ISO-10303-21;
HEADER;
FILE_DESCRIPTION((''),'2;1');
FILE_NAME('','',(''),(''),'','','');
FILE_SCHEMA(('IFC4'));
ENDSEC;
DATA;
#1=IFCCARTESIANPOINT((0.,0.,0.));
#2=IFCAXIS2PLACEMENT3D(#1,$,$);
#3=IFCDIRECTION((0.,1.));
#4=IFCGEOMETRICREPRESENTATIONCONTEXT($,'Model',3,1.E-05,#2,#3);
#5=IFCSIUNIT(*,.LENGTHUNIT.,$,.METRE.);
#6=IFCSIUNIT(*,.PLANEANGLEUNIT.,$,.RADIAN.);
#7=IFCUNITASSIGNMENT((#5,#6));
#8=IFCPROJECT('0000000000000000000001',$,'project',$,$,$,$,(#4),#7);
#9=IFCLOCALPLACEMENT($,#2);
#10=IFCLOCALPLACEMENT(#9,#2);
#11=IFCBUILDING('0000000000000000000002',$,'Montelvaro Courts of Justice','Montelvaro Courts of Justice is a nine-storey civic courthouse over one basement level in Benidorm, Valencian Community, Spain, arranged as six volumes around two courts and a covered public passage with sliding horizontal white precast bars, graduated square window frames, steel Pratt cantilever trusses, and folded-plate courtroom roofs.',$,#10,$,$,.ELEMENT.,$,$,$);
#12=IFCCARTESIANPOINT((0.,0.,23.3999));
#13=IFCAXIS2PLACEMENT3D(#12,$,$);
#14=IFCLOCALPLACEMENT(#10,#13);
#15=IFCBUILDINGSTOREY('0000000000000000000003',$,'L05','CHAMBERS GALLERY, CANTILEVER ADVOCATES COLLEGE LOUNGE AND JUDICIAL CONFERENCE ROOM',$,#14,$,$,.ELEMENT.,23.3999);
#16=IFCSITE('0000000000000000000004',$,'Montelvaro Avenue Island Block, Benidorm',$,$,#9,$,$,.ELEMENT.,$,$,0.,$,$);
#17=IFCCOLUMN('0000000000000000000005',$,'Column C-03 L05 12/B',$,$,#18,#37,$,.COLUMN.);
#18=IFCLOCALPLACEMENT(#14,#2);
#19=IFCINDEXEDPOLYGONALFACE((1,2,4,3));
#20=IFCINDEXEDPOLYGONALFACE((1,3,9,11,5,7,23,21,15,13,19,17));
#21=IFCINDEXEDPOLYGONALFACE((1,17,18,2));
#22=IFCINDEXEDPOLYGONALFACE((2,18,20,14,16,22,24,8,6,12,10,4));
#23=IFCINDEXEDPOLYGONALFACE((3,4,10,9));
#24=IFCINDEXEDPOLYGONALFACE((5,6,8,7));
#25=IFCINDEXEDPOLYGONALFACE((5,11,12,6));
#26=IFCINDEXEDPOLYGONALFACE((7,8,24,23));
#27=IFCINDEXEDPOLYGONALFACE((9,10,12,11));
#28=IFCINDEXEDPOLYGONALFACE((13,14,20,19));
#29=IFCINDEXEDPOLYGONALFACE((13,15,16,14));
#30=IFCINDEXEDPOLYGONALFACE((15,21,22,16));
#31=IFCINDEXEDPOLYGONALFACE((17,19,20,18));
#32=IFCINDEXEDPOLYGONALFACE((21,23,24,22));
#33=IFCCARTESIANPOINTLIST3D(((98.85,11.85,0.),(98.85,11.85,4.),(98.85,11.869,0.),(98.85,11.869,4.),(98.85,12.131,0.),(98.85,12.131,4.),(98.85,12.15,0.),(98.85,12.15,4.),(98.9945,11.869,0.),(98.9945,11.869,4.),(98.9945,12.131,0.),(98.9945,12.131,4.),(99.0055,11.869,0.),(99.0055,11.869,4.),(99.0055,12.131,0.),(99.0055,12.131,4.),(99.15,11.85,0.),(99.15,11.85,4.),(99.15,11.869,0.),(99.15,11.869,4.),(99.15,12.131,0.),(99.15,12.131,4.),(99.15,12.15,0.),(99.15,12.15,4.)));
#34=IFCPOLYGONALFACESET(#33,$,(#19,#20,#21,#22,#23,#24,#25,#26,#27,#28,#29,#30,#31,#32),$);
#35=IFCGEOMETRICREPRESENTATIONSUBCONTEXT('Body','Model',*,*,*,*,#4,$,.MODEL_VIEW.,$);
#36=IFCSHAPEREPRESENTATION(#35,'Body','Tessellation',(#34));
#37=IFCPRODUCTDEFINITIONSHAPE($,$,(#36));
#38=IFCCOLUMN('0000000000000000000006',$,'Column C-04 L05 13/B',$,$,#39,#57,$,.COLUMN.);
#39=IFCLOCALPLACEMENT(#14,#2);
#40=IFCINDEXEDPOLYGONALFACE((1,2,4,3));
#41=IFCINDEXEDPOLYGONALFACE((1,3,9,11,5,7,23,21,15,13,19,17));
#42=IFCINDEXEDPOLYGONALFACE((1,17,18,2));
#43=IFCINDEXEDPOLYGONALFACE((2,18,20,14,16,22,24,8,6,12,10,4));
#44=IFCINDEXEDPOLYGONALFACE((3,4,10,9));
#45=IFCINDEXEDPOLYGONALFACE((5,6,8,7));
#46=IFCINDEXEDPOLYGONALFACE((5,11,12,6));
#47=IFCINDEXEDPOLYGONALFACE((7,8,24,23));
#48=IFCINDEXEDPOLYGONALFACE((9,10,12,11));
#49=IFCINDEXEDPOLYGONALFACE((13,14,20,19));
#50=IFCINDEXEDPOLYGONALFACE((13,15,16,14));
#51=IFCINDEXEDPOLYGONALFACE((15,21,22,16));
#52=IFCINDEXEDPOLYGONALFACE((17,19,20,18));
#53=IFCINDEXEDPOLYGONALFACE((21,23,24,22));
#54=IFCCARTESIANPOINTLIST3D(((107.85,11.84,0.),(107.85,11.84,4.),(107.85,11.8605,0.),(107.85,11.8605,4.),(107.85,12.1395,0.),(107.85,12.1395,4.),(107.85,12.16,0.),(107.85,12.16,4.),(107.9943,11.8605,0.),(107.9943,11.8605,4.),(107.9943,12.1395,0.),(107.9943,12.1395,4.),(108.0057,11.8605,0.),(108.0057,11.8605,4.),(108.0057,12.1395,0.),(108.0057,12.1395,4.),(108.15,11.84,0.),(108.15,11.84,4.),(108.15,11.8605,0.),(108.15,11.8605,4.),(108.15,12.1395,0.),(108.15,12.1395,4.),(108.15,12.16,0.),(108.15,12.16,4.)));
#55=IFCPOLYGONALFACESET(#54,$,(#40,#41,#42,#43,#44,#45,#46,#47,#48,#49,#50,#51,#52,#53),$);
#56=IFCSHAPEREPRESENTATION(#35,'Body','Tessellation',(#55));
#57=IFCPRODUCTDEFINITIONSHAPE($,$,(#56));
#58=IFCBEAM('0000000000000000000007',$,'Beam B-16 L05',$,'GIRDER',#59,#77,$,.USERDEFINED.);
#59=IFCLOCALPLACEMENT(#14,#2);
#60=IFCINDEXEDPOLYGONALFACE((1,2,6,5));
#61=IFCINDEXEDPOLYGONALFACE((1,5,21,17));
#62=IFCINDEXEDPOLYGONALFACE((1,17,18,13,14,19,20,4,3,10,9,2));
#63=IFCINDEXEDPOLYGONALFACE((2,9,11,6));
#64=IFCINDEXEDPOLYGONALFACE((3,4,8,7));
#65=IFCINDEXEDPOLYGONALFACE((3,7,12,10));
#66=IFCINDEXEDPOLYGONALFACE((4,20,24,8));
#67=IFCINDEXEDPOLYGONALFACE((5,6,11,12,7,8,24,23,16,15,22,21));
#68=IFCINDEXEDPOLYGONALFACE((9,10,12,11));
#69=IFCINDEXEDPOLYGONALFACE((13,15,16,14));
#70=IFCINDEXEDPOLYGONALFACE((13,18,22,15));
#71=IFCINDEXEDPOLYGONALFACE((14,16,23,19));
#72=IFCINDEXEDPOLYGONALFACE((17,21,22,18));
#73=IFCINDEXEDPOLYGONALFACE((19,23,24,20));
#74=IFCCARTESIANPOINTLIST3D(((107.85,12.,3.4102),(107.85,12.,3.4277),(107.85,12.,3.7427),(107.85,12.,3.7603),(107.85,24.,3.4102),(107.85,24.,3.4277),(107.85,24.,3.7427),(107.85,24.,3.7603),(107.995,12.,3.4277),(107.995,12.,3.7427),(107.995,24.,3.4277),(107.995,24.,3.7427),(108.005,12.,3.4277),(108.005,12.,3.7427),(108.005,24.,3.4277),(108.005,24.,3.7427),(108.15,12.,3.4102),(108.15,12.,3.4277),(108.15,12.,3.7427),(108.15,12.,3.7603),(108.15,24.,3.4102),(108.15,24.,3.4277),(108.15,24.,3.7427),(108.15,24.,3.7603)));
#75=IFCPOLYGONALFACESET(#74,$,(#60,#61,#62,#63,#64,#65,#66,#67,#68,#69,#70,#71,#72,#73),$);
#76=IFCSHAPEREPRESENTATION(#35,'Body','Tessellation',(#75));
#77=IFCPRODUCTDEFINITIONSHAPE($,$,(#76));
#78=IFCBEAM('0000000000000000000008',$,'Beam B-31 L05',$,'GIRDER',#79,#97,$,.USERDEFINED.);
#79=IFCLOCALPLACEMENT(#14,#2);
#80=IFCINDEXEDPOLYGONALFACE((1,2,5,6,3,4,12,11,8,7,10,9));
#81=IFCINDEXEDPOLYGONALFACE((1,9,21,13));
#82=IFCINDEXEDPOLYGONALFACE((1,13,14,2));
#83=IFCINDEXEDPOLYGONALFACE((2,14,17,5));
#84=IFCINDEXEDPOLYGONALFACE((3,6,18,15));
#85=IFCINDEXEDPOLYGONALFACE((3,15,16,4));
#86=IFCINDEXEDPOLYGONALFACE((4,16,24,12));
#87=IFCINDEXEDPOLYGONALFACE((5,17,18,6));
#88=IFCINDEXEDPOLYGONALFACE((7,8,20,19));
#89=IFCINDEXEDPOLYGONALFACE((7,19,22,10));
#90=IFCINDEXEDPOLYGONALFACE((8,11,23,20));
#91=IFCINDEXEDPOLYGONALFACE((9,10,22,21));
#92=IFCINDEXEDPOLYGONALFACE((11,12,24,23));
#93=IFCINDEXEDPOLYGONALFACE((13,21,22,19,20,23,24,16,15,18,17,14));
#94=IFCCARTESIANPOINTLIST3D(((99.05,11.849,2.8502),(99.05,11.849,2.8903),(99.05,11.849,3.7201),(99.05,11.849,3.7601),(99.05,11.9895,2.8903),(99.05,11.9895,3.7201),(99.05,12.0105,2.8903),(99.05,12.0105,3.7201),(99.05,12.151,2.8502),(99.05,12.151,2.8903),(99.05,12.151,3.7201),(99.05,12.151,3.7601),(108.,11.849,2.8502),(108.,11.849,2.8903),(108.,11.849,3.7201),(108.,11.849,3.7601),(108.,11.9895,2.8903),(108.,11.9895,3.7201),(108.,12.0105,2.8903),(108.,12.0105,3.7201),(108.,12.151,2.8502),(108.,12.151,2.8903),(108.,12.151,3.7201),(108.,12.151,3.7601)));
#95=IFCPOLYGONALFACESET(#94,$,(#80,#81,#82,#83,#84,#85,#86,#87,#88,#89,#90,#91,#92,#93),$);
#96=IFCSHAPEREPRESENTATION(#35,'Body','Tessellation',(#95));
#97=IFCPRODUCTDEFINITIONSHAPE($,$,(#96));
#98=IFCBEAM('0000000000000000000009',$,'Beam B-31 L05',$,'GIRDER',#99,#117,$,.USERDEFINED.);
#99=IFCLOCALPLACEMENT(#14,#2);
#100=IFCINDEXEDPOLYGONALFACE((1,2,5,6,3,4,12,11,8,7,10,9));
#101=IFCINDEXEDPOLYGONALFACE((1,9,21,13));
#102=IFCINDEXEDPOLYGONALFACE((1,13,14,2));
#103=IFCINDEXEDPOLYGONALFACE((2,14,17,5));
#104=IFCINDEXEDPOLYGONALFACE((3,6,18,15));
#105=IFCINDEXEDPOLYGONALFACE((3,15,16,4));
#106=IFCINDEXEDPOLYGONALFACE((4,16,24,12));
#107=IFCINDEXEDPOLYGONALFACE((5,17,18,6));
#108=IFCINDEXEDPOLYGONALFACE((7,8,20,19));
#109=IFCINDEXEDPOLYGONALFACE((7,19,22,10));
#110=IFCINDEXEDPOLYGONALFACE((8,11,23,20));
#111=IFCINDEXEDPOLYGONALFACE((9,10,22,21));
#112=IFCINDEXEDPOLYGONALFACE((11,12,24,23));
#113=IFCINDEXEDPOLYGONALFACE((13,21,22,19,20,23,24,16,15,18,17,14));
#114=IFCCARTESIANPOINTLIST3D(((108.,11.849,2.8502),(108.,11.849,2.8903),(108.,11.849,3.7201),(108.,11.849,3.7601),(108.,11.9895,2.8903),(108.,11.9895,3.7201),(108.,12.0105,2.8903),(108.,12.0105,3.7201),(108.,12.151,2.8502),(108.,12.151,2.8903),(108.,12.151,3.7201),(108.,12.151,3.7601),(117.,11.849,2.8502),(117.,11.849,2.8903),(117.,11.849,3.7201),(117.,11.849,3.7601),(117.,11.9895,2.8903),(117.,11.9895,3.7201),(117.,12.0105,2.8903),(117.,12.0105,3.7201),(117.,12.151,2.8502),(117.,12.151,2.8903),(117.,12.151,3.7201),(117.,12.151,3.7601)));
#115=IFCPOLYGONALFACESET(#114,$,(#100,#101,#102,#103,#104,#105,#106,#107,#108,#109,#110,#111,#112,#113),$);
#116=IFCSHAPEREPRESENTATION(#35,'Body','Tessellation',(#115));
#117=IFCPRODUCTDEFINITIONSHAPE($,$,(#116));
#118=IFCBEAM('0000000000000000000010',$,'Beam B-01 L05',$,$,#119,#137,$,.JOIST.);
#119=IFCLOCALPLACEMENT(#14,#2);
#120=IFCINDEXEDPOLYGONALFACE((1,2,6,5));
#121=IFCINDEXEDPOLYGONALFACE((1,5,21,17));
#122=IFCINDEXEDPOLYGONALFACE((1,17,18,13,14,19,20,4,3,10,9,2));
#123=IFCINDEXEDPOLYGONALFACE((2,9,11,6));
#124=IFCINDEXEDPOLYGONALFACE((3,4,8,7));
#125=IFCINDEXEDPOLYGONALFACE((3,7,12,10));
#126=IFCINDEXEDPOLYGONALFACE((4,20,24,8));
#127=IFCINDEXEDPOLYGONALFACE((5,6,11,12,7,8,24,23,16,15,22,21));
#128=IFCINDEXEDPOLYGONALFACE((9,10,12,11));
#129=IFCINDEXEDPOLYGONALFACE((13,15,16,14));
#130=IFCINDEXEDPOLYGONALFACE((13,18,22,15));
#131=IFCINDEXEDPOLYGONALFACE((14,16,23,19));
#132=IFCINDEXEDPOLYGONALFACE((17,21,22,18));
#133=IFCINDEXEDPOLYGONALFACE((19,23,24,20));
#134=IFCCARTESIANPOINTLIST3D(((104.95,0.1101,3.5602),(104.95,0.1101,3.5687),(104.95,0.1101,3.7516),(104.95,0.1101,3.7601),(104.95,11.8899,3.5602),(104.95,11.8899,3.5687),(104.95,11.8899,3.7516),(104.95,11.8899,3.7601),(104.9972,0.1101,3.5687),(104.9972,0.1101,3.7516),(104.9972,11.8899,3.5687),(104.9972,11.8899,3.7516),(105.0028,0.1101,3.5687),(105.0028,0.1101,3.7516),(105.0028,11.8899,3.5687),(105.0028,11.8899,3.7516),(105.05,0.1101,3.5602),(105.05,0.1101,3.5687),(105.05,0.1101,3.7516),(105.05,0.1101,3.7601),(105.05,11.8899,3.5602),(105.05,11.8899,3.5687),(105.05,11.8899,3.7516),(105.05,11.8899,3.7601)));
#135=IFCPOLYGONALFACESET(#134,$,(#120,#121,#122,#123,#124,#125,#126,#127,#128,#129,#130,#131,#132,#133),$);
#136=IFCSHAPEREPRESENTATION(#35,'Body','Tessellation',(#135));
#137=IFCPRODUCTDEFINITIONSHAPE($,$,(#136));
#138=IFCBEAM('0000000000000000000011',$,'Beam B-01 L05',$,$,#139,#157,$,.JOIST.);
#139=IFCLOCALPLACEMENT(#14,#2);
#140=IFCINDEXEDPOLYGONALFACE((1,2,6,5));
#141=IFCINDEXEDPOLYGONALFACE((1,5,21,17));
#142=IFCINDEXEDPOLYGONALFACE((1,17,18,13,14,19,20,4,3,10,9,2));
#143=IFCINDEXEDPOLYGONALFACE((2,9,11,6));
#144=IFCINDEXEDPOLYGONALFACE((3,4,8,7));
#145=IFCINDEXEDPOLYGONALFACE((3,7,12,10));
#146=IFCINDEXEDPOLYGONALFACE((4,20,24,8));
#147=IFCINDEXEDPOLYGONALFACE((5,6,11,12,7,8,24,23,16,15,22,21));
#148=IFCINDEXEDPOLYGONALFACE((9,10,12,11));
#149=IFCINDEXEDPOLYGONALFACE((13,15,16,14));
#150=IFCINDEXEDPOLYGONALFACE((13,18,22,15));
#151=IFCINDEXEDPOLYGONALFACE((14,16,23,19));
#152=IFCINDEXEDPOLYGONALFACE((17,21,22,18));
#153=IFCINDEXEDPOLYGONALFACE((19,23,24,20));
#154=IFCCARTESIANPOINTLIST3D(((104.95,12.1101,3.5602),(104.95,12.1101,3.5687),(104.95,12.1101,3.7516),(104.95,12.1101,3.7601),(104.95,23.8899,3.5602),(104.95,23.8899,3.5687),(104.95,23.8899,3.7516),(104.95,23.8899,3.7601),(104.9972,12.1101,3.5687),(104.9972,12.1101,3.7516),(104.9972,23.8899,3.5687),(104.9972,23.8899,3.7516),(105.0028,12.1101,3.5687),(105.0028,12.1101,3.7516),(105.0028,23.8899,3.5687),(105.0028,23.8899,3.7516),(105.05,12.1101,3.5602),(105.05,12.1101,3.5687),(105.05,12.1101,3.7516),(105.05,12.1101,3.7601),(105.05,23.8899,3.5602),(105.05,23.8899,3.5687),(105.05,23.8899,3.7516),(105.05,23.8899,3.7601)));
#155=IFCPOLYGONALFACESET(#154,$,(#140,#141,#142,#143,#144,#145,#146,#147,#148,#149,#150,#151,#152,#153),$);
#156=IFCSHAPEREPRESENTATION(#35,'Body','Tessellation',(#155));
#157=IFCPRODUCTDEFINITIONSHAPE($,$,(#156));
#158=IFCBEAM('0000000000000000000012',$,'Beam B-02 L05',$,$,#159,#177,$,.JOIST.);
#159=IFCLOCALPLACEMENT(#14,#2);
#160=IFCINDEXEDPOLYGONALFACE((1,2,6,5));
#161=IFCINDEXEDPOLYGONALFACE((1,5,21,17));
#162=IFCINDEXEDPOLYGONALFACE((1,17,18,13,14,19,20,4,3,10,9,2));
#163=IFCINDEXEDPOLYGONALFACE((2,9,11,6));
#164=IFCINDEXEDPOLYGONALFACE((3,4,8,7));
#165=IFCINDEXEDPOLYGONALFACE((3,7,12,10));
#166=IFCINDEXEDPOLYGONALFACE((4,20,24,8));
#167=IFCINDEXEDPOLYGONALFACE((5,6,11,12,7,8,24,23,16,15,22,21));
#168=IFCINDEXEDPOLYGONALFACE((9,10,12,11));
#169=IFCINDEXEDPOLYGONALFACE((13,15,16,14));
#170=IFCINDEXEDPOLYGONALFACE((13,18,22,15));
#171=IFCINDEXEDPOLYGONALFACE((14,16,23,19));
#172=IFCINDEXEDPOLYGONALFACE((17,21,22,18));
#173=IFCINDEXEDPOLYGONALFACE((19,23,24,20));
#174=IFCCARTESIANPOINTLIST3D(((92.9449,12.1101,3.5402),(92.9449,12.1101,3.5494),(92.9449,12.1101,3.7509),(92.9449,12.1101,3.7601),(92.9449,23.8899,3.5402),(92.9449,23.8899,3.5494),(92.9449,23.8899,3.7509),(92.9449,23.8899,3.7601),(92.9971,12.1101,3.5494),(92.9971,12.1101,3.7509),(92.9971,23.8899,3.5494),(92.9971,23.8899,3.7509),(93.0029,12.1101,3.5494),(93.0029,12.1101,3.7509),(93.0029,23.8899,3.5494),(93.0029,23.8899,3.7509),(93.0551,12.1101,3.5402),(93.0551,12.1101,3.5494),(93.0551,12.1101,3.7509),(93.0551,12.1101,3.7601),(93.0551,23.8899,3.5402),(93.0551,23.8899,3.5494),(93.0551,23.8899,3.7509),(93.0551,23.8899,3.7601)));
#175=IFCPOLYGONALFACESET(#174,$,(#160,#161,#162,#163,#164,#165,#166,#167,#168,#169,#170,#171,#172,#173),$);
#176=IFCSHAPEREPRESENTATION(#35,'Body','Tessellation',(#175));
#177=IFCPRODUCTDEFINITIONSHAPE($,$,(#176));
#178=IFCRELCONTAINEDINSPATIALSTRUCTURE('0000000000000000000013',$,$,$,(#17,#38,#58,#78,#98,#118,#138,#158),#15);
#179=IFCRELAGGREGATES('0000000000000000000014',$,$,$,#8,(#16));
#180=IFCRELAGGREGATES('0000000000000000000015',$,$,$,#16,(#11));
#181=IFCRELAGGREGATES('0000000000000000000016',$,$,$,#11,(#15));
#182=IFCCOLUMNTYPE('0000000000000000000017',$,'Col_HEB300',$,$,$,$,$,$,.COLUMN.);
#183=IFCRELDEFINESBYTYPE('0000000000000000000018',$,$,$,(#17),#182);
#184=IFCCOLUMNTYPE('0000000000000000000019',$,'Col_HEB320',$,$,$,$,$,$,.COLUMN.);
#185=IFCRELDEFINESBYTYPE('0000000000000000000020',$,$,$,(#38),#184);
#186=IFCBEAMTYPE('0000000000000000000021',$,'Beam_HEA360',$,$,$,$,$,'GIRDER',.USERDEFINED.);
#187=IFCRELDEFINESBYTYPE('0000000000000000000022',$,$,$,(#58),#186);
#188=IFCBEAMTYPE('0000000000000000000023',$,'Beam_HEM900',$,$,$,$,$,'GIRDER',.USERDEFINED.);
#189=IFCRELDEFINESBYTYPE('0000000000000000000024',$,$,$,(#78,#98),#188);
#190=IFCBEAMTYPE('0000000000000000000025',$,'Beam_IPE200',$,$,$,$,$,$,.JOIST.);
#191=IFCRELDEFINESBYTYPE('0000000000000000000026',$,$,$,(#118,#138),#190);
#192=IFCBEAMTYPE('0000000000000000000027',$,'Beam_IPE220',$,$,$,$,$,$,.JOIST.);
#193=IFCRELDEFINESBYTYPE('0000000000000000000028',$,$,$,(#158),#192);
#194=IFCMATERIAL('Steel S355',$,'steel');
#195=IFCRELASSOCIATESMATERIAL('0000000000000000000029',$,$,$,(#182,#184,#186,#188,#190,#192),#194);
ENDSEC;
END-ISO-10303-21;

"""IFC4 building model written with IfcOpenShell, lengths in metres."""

from ifc_helpers import new_model, si_unit, direction, frame, origin, origin_2d, place, context, subcontext, project, spatial, i_section, extrude, material, material_profile, profile_set, type_object, element, save


model = new_model("IFC4")

# Units and contexts
model_context = context("Model", 3, precision=1e-05, world=origin(), true_north=direction((0.0, 1.0)))
body_context = subcontext(model_context, "Body", "Model", "MODEL_VIEW")
ifc_project = project(units=[si_unit("LENGTHUNIT", "METRE"), si_unit("PLANEANGLEUNIT", "RADIAN")], contexts=[model_context])

# Site, building, storey
site_placement = place(None, origin())
site = spatial("IfcSite", under=ifc_project, at=site_placement, Name="Montelvaro Avenue Island Block, Benidorm", CompositionType="ELEMENT", RefElevation=0.0)
building_placement = place(site_placement, origin())
building = spatial("IfcBuilding", under=site, at=building_placement, Name="Montelvaro Courts of Justice", Description="Montelvaro Courts of Justice is a nine-storey civic courthouse over one basement level in Benidorm, Valencian Community, Spain, arranged as six volumes around two courts and a covered public passage with sliding horizontal white precast bars, graduated square window frames, steel Pratt cantilever trusses, and folded-plate courtroom roofs.", CompositionType="ELEMENT")
storey_placement = place(building_placement, frame((0.0, 0.0, 23.3999)))
storey = spatial("IfcBuildingStorey", under=building, at=storey_placement, Name="L05", Description="CHAMBERS GALLERY, CANTILEVER ADVOCATES COLLEGE LOUNGE AND JUDICIAL CONFERENCE ROOM", CompositionType="ELEMENT", Elevation=23.3999)

# Columns
ifc_material_1 = material(Name="Steel S355", Category="steel")
ifc_material_profile_1 = material_profile(ifc_material_1, i_section(OverallWidth=0.3, OverallDepth=0.3, WebThickness=0.011, FlangeThickness=0.019, at=origin_2d()), Name="HEB 300")
ifc_profile_set_1 = profile_set([ifc_material_profile_1], Name="Steel S355")
column_type_1 = type_object("IfcColumnType", Name="Col_HEB300", PredefinedType="COLUMN", material=ifc_profile_set_1)
column_1_placement = place(storey_placement, frame((99.0, 12.0, 0.0), z_axis=(0.0, 0.0, 1.0), x_axis=(1.0, 0.0, 0.0)))
element("IfcColumn", 1, at=column_1_placement, inside=storey, type_object=column_type_1, Name="Column C-03 L05 12/B", PredefinedType="COLUMN", context=body_context, shape_type="SweptSolid", body=[
    extrude(i_section(OverallWidth=0.3, OverallDepth=0.3, WebThickness=0.011, FlangeThickness=0.019, at=origin_2d()), origin(), (0.0, 0.0, 1.0), 4.0),
])
ifc_material_profile_2 = material_profile(ifc_material_1, i_section(OverallWidth=0.3, OverallDepth=0.3201, WebThickness=0.0115, FlangeThickness=0.0205, at=origin_2d()), Name="HEB 320")
ifc_profile_set_2 = profile_set([ifc_material_profile_2], Name="Steel S355")
column_type_2 = type_object("IfcColumnType", Name="Col_HEB320", PredefinedType="COLUMN", material=ifc_profile_set_2)
column_2_placement = place(storey_placement, frame((108.0, 12.0, 0.0), z_axis=(0.0, 0.0, 1.0), x_axis=(1.0, 0.0, 0.0)))
element("IfcColumn", 2, at=column_2_placement, inside=storey, type_object=column_type_2, Name="Column C-04 L05 13/B", PredefinedType="COLUMN", context=body_context, shape_type="SweptSolid", body=[
    extrude(i_section(OverallWidth=0.3, OverallDepth=0.3201, WebThickness=0.0115, FlangeThickness=0.0205, at=origin_2d()), origin(), (0.0, 0.0, 1.0), 4.0),
])

# Beams
ifc_material_profile_3 = material_profile(ifc_material_1, i_section(OverallWidth=0.3, OverallDepth=0.3501, WebThickness=0.01, FlangeThickness=0.0176, at=origin_2d()), Name="HEA 360")
ifc_profile_set_3 = profile_set([ifc_material_profile_3], Name="Steel S355")
beam_type_1 = type_object("IfcBeamType", Name="Beam_HEA360", ElementType="GIRDER", PredefinedType="USERDEFINED", material=ifc_profile_set_3)
beam_1_placement = place(storey_placement, frame((108.0, 12.0, 3.5852), z_axis=(0.0, 1.0, 0.0), x_axis=(-1.0, 0.0, 0.0)))
element("IfcBeam", 3, at=beam_1_placement, inside=storey, type_object=beam_type_1, Name="Beam B-16 L05", ObjectType="GIRDER", PredefinedType="USERDEFINED", context=body_context, shape_type="SweptSolid", body=[
    extrude(i_section(OverallWidth=0.3, OverallDepth=0.3501, WebThickness=0.01, FlangeThickness=0.0176, at=origin_2d()), origin(), (0.0, 0.0, 1.0), 12.0),
])
ifc_material_profile_4 = material_profile(ifc_material_1, i_section(OverallWidth=0.302, OverallDepth=0.9099, WebThickness=0.021, FlangeThickness=0.04, at=origin_2d()), Name="HEM 900")
ifc_profile_set_4 = profile_set([ifc_material_profile_4], Name="Steel S355")
beam_type_2 = type_object("IfcBeamType", Name="Beam_HEM900", ElementType="GIRDER", PredefinedType="USERDEFINED", material=ifc_profile_set_4)
beam_2_placement = place(storey_placement, frame((99.05, 12.0, 3.3052), z_axis=(1.0, 0.0, 0.0), x_axis=(0.0, 1.0, 0.0)))
element("IfcBeam", 4, at=beam_2_placement, inside=storey, type_object=beam_type_2, Name="Beam B-31 L05", ObjectType="GIRDER", PredefinedType="USERDEFINED", context=body_context, shape_type="SweptSolid", body=[
    extrude(i_section(OverallWidth=0.302, OverallDepth=0.9099, WebThickness=0.021, FlangeThickness=0.04, at=origin_2d()), origin(), (0.0, 0.0, 1.0), 8.95),
])
beam_3_placement = place(storey_placement, frame((108.0, 12.0, 3.3052), z_axis=(1.0, 0.0, 0.0), x_axis=(0.0, 1.0, 0.0)))
element("IfcBeam", 5, at=beam_3_placement, inside=storey, type_object=beam_type_2, Name="Beam B-31 L05", ObjectType="GIRDER", PredefinedType="USERDEFINED", context=body_context, shape_type="SweptSolid", body=[
    extrude(i_section(OverallWidth=0.302, OverallDepth=0.9099, WebThickness=0.021, FlangeThickness=0.04, at=origin_2d()), origin(), (0.0, 0.0, 1.0), 9.0),
])
ifc_material_profile_5 = material_profile(ifc_material_1, i_section(OverallWidth=0.1001, OverallDepth=0.2, WebThickness=0.0056, FlangeThickness=0.0085, at=origin_2d()), Name="IPE 200")
ifc_profile_set_5 = profile_set([ifc_material_profile_5], Name="Steel S355")
beam_type_3 = type_object("IfcBeamType", Name="Beam_IPE200", PredefinedType="JOIST", material=ifc_profile_set_5)
for number, where, z_axis, x_axis, name in (
    (6, (105.0, 0.1101, 3.6602), (0.0, 1.0, 0.0), (-1.0, 0.0, 0.0), "Beam B-01 L05"),
    (7, (105.0, 12.1101, 3.6602), (0.0, 1.0, 0.0), (-1.0, 0.0, 0.0), "Beam B-01 L05"),
):
    element("IfcBeam", number, at=place(storey_placement, frame(where, z_axis=z_axis, x_axis=x_axis)), inside=storey, type_object=beam_type_3, Name=name, PredefinedType="JOIST", context=body_context, shape_type="SweptSolid", body=[
        extrude(i_section(OverallWidth=0.1001, OverallDepth=0.2, WebThickness=0.0056, FlangeThickness=0.0085, at=origin_2d()), origin(), (0.0, 0.0, 1.0), 11.7798),
    ])
ifc_material_profile_6 = material_profile(ifc_material_1, i_section(OverallWidth=0.1101, OverallDepth=0.22, WebThickness=0.0059, FlangeThickness=0.0093, at=origin_2d()), Name="IPE 220")
ifc_profile_set_6 = profile_set([ifc_material_profile_6], Name="Steel S355")
beam_type_4 = type_object("IfcBeamType", Name="Beam_IPE220", PredefinedType="JOIST", material=ifc_profile_set_6)
beam_4_placement = place(storey_placement, frame((93.0, 12.1101, 3.6501), z_axis=(0.0, 1.0, 0.0), x_axis=(-1.0, 0.0, 0.0)))
element("IfcBeam", 8, at=beam_4_placement, inside=storey, type_object=beam_type_4, Name="Beam B-02 L05", PredefinedType="JOIST", context=body_context, shape_type="SweptSolid", body=[
    extrude(i_section(OverallWidth=0.1101, OverallDepth=0.22, WebThickness=0.0059, FlangeThickness=0.0093, at=origin_2d()), origin(), (0.0, 0.0, 1.0), 11.7798),
])

save(model, "model.ifc")
